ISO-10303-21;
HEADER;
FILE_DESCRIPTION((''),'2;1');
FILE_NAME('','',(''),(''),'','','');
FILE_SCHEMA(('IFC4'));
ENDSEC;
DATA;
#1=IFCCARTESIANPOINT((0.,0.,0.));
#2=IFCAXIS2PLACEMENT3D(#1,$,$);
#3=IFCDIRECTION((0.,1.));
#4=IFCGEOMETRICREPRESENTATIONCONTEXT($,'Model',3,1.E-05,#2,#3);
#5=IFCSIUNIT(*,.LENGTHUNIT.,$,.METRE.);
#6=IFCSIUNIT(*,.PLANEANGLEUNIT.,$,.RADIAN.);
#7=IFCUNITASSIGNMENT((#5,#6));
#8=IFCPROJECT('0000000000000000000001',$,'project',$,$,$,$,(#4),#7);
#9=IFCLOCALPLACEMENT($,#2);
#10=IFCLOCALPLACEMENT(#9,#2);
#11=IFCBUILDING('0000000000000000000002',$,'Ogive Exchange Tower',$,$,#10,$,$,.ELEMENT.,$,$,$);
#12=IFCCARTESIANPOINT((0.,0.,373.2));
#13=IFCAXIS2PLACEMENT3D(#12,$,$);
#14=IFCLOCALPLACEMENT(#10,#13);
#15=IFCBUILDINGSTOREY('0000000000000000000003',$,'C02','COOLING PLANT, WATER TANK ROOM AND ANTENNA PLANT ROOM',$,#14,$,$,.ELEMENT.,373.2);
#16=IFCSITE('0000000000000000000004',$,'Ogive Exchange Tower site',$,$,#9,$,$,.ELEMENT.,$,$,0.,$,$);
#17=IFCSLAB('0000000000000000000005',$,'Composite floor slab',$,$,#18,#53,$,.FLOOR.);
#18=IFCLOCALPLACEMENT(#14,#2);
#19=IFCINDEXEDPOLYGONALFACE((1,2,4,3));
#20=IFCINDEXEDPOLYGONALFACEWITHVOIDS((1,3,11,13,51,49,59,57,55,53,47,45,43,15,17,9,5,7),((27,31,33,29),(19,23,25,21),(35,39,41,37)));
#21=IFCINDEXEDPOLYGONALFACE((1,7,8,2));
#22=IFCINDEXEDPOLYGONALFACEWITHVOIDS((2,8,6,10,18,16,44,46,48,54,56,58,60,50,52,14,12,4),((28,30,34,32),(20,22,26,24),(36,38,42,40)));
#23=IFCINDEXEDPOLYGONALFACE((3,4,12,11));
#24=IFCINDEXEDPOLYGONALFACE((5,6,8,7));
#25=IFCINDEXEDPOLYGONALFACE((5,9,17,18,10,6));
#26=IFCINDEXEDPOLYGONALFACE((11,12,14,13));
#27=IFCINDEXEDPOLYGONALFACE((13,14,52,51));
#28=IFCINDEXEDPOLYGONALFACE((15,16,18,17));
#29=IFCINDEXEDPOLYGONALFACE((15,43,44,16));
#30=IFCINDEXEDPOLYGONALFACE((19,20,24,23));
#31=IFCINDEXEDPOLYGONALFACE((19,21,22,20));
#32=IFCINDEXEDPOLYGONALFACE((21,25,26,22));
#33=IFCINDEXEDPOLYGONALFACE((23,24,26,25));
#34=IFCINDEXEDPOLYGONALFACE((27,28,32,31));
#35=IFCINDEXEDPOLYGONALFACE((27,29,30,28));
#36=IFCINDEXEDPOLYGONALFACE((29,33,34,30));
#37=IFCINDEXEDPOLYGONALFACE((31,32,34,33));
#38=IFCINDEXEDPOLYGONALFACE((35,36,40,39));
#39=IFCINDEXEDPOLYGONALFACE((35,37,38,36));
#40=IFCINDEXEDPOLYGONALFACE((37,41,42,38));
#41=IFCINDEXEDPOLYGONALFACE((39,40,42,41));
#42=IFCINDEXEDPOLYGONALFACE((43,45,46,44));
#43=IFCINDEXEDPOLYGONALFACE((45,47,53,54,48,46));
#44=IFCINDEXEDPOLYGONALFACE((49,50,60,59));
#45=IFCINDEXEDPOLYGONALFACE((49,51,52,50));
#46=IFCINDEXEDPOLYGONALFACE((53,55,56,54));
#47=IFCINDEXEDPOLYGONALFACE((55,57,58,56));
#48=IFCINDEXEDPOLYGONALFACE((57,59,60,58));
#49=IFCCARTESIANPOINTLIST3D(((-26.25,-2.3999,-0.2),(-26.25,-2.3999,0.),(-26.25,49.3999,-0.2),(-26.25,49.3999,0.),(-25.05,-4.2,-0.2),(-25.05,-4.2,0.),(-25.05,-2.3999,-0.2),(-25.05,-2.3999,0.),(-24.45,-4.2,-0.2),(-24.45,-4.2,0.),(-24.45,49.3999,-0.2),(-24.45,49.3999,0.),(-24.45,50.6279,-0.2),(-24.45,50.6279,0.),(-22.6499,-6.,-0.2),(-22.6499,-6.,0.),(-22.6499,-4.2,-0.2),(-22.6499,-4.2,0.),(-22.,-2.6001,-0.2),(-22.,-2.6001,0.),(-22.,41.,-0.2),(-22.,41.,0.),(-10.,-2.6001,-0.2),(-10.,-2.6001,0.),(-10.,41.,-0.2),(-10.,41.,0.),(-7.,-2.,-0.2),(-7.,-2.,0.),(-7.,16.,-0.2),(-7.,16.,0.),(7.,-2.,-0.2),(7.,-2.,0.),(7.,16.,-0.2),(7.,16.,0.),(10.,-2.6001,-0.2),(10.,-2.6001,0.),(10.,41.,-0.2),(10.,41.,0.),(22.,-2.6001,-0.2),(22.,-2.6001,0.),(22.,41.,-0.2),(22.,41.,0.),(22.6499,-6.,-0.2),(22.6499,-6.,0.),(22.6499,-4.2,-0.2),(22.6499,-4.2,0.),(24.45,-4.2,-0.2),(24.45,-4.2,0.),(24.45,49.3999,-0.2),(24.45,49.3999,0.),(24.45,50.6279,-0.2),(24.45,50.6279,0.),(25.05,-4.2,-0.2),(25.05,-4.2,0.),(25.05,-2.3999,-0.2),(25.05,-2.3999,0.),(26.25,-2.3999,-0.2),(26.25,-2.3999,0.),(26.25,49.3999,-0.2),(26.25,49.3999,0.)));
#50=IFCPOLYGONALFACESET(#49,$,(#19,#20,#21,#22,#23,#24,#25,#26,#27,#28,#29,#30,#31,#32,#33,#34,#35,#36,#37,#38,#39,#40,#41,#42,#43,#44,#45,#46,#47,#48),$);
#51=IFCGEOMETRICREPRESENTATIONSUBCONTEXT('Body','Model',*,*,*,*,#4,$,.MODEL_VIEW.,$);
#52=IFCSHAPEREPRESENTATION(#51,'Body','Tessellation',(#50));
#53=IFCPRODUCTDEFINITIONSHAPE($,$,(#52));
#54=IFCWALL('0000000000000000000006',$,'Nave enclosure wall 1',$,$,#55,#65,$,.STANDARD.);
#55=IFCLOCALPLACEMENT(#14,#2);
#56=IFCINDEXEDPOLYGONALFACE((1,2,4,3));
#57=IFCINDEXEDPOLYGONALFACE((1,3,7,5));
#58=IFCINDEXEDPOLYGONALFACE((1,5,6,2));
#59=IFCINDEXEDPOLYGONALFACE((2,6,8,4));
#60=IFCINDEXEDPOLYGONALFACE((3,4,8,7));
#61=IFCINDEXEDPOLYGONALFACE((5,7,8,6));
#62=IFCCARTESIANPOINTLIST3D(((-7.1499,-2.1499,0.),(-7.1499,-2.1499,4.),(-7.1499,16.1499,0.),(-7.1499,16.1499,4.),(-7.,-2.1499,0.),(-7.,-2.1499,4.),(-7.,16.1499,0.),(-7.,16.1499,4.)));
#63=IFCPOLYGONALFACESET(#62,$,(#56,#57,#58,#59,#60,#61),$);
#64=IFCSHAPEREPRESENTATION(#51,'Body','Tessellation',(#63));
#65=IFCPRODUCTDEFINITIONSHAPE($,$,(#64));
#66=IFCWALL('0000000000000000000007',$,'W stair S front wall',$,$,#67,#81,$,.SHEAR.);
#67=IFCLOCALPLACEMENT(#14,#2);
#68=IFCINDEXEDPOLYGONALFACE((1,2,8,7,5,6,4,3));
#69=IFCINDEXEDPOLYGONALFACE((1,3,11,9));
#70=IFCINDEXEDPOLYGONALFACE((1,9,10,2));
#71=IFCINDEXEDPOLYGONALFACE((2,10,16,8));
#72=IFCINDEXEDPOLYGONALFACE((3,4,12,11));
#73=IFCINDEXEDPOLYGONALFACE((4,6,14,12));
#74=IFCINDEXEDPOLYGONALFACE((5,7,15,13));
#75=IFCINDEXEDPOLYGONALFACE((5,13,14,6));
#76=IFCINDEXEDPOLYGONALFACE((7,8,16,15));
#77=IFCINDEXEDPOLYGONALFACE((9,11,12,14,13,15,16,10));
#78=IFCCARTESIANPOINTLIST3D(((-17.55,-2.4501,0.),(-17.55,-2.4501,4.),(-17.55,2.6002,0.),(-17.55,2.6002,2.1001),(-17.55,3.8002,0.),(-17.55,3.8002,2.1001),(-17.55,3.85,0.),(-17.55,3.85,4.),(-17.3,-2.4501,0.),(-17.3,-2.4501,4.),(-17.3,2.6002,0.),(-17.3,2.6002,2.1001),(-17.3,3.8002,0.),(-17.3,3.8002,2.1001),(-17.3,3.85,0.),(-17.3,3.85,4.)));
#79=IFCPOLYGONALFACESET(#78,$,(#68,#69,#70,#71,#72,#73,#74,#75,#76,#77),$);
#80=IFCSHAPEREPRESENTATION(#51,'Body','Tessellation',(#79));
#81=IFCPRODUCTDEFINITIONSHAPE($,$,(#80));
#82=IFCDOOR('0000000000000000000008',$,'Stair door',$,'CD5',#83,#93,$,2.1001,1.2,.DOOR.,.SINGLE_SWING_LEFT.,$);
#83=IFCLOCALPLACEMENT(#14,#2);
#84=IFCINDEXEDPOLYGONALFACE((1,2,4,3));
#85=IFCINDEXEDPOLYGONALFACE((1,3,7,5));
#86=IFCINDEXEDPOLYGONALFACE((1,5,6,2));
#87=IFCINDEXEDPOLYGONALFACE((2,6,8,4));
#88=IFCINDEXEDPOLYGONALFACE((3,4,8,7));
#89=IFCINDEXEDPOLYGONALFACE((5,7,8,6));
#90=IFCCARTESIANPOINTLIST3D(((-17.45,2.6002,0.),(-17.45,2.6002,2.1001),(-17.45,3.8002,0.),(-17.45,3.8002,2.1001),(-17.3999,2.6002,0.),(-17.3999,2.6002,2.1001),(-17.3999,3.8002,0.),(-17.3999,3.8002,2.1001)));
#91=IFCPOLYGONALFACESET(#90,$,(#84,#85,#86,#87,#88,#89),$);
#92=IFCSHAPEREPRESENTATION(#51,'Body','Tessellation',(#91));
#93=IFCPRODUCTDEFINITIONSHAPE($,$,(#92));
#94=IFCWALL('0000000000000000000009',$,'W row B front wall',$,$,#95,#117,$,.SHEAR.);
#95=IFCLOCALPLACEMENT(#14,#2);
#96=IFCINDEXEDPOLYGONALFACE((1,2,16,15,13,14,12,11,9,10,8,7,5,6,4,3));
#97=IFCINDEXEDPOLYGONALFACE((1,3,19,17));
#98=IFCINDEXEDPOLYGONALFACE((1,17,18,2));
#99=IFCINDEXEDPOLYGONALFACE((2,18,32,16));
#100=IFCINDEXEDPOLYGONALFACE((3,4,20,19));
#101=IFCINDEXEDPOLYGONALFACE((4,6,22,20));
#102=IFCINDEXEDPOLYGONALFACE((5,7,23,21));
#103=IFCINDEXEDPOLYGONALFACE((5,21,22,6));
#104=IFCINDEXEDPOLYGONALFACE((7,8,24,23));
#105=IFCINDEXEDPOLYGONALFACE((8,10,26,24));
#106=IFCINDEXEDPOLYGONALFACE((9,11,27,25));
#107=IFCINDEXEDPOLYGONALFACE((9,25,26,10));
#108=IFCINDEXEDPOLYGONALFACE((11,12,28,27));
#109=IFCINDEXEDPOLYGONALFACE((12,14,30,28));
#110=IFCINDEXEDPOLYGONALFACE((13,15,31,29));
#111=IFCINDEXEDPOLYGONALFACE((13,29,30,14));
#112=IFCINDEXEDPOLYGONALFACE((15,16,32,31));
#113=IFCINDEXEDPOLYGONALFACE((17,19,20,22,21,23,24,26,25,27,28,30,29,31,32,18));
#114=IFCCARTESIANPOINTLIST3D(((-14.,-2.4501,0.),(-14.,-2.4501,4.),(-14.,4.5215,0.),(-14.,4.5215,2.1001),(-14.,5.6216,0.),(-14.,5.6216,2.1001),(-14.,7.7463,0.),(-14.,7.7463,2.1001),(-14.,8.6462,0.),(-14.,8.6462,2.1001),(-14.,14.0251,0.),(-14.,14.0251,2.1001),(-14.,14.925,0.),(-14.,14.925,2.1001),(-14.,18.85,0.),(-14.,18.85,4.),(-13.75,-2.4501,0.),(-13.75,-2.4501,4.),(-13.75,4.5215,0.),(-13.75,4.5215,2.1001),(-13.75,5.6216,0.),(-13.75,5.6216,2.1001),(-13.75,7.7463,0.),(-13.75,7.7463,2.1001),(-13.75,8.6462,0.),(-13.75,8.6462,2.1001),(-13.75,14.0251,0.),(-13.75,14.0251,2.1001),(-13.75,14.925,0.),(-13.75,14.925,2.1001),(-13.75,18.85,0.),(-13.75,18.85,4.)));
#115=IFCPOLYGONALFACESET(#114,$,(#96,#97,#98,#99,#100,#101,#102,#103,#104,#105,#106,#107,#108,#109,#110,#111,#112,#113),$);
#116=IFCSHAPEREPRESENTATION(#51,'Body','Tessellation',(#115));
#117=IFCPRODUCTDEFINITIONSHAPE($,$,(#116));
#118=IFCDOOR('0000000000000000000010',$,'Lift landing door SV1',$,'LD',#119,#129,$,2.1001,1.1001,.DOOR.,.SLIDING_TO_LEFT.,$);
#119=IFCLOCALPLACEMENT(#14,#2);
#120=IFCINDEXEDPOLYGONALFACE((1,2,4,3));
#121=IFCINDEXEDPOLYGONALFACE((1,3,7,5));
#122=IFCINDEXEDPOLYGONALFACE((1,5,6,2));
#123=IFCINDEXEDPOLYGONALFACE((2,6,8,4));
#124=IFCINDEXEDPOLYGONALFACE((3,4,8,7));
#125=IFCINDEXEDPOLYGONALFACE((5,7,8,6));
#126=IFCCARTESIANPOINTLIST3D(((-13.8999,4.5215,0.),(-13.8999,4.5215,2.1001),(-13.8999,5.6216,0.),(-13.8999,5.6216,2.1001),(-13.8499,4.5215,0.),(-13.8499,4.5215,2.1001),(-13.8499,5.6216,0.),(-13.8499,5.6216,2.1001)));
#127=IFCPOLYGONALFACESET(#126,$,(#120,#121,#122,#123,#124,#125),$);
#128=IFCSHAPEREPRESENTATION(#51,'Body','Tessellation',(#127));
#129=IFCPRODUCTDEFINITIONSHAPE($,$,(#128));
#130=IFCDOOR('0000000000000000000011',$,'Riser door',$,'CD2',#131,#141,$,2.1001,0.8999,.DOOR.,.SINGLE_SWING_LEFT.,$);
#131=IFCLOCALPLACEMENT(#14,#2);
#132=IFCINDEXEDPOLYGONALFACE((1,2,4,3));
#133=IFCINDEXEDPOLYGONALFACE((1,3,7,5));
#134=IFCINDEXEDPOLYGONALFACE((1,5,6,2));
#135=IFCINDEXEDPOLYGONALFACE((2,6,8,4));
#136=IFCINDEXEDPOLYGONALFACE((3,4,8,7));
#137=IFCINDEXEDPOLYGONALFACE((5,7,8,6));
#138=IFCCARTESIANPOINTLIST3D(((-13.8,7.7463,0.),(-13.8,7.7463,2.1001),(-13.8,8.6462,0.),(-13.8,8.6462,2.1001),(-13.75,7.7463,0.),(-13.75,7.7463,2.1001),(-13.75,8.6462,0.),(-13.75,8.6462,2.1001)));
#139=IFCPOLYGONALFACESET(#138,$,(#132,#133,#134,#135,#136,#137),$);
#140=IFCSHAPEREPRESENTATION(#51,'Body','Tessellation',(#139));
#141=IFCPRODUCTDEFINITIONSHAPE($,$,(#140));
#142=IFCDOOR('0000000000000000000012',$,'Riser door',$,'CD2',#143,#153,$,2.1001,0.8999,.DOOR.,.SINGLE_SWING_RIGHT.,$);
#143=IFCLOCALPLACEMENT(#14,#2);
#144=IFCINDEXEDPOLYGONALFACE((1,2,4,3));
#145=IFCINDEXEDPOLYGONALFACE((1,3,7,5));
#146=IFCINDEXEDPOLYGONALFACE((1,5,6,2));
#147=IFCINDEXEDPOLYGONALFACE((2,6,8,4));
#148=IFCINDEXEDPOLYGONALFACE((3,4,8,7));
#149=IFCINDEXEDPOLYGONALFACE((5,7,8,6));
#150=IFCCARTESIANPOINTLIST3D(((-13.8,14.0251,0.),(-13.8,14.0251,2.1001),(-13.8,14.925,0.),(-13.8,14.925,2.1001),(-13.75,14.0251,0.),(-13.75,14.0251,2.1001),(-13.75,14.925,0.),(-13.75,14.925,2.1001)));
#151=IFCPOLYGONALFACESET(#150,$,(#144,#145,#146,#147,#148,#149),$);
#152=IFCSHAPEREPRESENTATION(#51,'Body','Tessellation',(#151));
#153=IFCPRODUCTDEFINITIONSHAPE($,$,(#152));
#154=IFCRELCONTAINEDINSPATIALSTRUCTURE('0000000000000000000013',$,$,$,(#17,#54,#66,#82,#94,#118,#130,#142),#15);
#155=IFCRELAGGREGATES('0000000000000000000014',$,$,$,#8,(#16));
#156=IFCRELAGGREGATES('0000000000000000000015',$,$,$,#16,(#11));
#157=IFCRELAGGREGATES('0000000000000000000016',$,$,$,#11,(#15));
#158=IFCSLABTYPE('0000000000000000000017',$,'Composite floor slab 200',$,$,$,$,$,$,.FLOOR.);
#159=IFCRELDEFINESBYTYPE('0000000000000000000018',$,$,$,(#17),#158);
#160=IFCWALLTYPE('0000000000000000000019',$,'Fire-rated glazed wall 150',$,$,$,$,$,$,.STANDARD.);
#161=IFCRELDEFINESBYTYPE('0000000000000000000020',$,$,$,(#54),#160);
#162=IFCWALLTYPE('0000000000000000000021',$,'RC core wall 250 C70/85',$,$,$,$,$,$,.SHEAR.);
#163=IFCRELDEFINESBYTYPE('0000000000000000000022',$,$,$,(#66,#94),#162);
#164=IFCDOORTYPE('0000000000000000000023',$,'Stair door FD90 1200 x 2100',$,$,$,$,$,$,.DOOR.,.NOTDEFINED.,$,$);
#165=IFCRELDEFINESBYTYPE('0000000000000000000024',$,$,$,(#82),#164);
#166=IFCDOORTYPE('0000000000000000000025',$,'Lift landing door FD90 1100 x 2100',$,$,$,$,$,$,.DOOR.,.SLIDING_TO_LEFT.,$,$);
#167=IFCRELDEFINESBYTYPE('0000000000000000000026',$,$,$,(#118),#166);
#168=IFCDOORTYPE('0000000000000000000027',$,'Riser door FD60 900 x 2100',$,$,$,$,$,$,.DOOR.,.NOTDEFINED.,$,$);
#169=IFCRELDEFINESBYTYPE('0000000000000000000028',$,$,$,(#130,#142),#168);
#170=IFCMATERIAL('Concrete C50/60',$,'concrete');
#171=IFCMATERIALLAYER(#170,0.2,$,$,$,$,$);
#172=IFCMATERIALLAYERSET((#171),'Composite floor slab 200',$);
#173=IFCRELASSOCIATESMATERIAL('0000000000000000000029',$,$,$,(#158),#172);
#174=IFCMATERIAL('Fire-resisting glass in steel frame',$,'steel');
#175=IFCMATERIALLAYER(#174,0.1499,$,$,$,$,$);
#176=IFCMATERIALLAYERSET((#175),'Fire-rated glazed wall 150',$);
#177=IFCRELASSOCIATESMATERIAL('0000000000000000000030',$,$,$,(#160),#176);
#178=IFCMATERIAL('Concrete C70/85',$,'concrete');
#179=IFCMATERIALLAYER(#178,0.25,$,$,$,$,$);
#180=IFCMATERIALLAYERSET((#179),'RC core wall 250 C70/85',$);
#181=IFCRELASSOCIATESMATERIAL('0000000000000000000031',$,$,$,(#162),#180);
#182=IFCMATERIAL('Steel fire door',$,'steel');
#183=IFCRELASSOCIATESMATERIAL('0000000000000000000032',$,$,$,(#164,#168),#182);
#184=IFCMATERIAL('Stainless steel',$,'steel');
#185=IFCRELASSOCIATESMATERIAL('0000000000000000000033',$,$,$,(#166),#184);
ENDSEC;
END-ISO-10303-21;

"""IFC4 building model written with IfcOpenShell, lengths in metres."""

from ifc_helpers import new_model, si_unit, direction, frame, frame_2d, origin, place, context, subcontext, project, spatial, polyline, rectangle, outline, extrude, material, layer, layer_set, type_object, element, fill, save


model = new_model("IFC4")

# Units and contexts
model_context = context("Model", 3, precision=1e-05, world=origin(), true_north=direction((0.0, 1.0)))
body_context = subcontext(model_context, "Body", "Model", "MODEL_VIEW")
ifc_project = project(units=[si_unit("LENGTHUNIT", "METRE"), si_unit("PLANEANGLEUNIT", "RADIAN")], contexts=[model_context])

# Site, building, storey
site_placement = place(None, origin())
site = spatial("IfcSite", under=ifc_project, at=site_placement, Name="Ogive Exchange Tower site", CompositionType="ELEMENT", RefElevation=0.0)
building_placement = place(site_placement, origin())
building = spatial("IfcBuilding", under=site, at=building_placement, Name="Ogive Exchange Tower", CompositionType="ELEMENT")
storey_placement = place(building_placement, frame((0.0, 0.0, 373.2)))
storey = spatial("IfcBuildingStorey", under=building, at=storey_placement, Name="C02", Description="COOLING PLANT, WATER TANK ROOM AND ANTENNA PLANT ROOM", CompositionType="ELEMENT", Elevation=373.2)

# Slab
ifc_material_1 = material(Name="Concrete C50/60", Category="concrete")
ifc_layer_1 = layer(ifc_material_1, 0.2)
ifc_layer_set_1 = layer_set([ifc_layer_1], Name="Composite floor slab 200")
slab_type = type_object("IfcSlabType", Name="Composite floor slab 200", PredefinedType="FLOOR", material=ifc_layer_set_1)
slab_placement = place(storey_placement, frame((0.0, 0.0, -0.2)))
element("IfcSlab", 1, at=slab_placement, inside=storey, type_object=slab_type, Name="Composite floor slab", PredefinedType="FLOOR", context=body_context, shape_type="SweptSolid", body=[
    extrude(outline(polyline([(-24.45, -2.3999), (-24.45, -2.3999), (-26.25, -2.3999), (-26.25, 49.3999), (-24.45, 49.3999), (-24.45, 50.6279), (24.45, 50.6279), (24.45, 49.3999), (26.25, 49.3999), (26.25, -2.3999), (24.45, -2.3999), (24.45, -2.3999), (25.05, -2.3999), (25.05, -4.2), (24.45, -4.2), (24.45, -4.2), (22.6499, -4.2), (22.6499, -6.0), (-22.6499, -6.0), (-22.6499, -4.2), (-24.45, -4.2), (-24.45, -4.2), (-25.05, -4.2), (-25.05, -2.3999), (-24.45, -2.3999)]), holes=[polyline([(7.0, -2.0), (7.0, 16.0), (-7.0, 16.0), (-7.0, -2.0), (7.0, -2.0)]), polyline([(-22.0, -2.6001), (-10.0, -2.6001), (-10.0, 41.0), (-22.0, 41.0), (-22.0, -2.6001)]), polyline([(10.0, -2.6001), (22.0, -2.6001), (22.0, 41.0), (10.0, 41.0), (10.0, -2.6001)])]), origin(), (0.0, 0.0, 1.0), 0.2),
])

# Wall
ifc_material_2 = material(Name="Fire-resisting glass in steel frame", Category="steel")
ifc_layer_2 = layer(ifc_material_2, 0.1499)
ifc_layer_set_2 = layer_set([ifc_layer_2], Name="Fire-rated glazed wall 150")
wall_type_1 = type_object("IfcWallType", Name="Fire-rated glazed wall 150", PredefinedType="STANDARD", material=ifc_layer_set_2)
wall_1_placement = place(storey_placement, frame((-7.075, -2.1499, 0.0), z_axis=(0.0, 0.0, 1.0), x_axis=(0.0, 1.0, 0.0)))
element("IfcWall", 2, at=wall_1_placement, inside=storey, type_object=wall_type_1, Name="Nave enclosure wall 1", PredefinedType="STANDARD", context=body_context, shape_type="SweptSolid", body=[
    extrude(rectangle(XDim=18.2998, YDim=0.1499, at=frame_2d((9.1499, 0.0))), origin(), (0.0, 0.0, 1.0), 4.0),
])

# Wall, opening, door
ifc_material_3 = material(Name="Concrete C70/85", Category="concrete")
ifc_layer_3 = layer(ifc_material_3, 0.25)
ifc_layer_set_3 = layer_set([ifc_layer_3], Name="RC core wall 250 C70/85")
wall_type_2 = type_object("IfcWallType", Name="RC core wall 250 C70/85", PredefinedType="SHEAR", material=ifc_layer_set_3)
wall_2_placement = place(storey_placement, frame((-17.425, -2.45, 0.0), z_axis=(0.0, 0.0, 1.0), x_axis=(0.0, 1.0, 0.0)))
wall_2 = element("IfcWall", 3, at=wall_2_placement, inside=storey, type_object=wall_type_2, Name="W stair S front wall", PredefinedType="SHEAR", context=body_context, shape_type="SweptSolid", body=[
    extrude(rectangle(XDim=6.3, YDim=0.25, at=frame_2d((3.1499, 0.0))), origin(), (0.0, 0.0, 1.0), 4.0),
])
opening_1_placement = place(wall_2_placement, frame((5.05, 0.0, 0.0)))
opening_1 = element("IfcOpeningElement", 4, at=opening_1_placement, cuts=wall_2, PredefinedType="OPENING", context=body_context, shape_type="SweptSolid", body=[
    extrude(rectangle(XDim=1.2, YDim=2.1001, at=frame_2d((0.6001, 1.05))), frame((0.0, 0.135, 0.0), z_axis=(0.0, -1.0, 0.0), x_axis=(1.0, 0.0, 0.0)), (0.0, 0.0, 1.0), 0.27),
])
ifc_material_4 = material(Name="Steel fire door", Category="steel")
door_type_1 = type_object("IfcDoorType", Name="Stair door FD90 1200 x 2100", OperationType="NOTDEFINED", PredefinedType="DOOR", material=ifc_material_4)
door_1_placement = place(opening_1_placement, origin())
door_1 = element("IfcDoor", 5, at=door_1_placement, inside=storey, type_object=door_type_1, Name="Stair door", ObjectType="CD5", OperationType="SINGLE_SWING_LEFT", OverallHeight=2.1001, OverallWidth=1.2, PredefinedType="DOOR", context=body_context, shape_type="SweptSolid", body=[
    extrude(rectangle(XDim=1.2, YDim=2.1001, at=frame_2d((0.6001, 1.05))), frame((0.0, 0.0249, 0.0), z_axis=(0.0, -1.0, 0.0), x_axis=(1.0, 0.0, 0.0)), (0.0, 0.0, 1.0), 0.05),
])
fill(opening_1, door_1)

# Wall, openings, doors
wall_3_placement = place(storey_placement, frame((-13.875, -2.45, 0.0), z_axis=(0.0, 0.0, 1.0), x_axis=(0.0, 1.0, 0.0)))
wall_3 = element("IfcWall", 6, at=wall_3_placement, inside=storey, type_object=wall_type_2, Name="W row B front wall", PredefinedType="SHEAR", context=body_context, shape_type="SweptSolid", body=[
    extrude(rectangle(XDim=21.3, YDim=0.25, at=frame_2d((10.6499, 0.0))), origin(), (0.0, 0.0, 1.0), 4.0),
])
opening_2_placement = place(wall_3_placement, frame((10.1963, 0.0, 0.0)))
opening_2 = element("IfcOpeningElement", 7, at=opening_2_placement, cuts=wall_3, PredefinedType="OPENING", context=body_context, shape_type="SweptSolid", body=[
    extrude(rectangle(XDim=0.8999, YDim=2.1001, at=frame_2d((0.45, 1.05))), frame((0.0, 0.135, 0.0), z_axis=(0.0, -1.0, 0.0), x_axis=(1.0, 0.0, 0.0)), (0.0, 0.0, 1.0), 0.27),
])
opening_3_placement = place(wall_3_placement, frame((16.4751, 0.0, 0.0)))
opening_3 = element("IfcOpeningElement", 8, at=opening_3_placement, cuts=wall_3, PredefinedType="OPENING", context=body_context, shape_type="SweptSolid", body=[
    extrude(rectangle(XDim=0.8999, YDim=2.1001, at=frame_2d((0.45, 1.05))), frame((0.0, 0.135, 0.0), z_axis=(0.0, -1.0, 0.0), x_axis=(1.0, 0.0, 0.0)), (0.0, 0.0, 1.0), 0.27),
])
opening_4_placement = place(wall_3_placement, frame((6.9714, 0.0, 0.0)))
opening_4 = element("IfcOpeningElement", 9, at=opening_4_placement, cuts=wall_3, PredefinedType="OPENING", context=body_context, shape_type="SweptSolid", body=[
    extrude(rectangle(XDim=1.1001, YDim=2.1001, at=frame_2d((0.55, 1.05))), frame((0.0, 0.135, 0.0), z_axis=(0.0, -1.0, 0.0), x_axis=(1.0, 0.0, 0.0)), (0.0, 0.0, 1.0), 0.27),
])
ifc_material_5 = material(Name="Stainless steel", Category="steel")
door_type_2 = type_object("IfcDoorType", Name="Lift landing door FD90 1100 x 2100", OperationType="SLIDING_TO_LEFT", PredefinedType="DOOR", material=ifc_material_5)
door_2_placement = place(opening_4_placement, origin())
door_2 = element("IfcDoor", 10, at=door_2_placement, inside=storey, type_object=door_type_2, Name="Lift landing door SV1", ObjectType="LD", OperationType="SLIDING_TO_LEFT", OverallHeight=2.1001, OverallWidth=1.1001, PredefinedType="DOOR", context=body_context, shape_type="SweptSolid", body=[
    extrude(rectangle(XDim=1.1001, YDim=2.1001, at=frame_2d((0.55, 1.05))), frame((0.0, 0.0249, 0.0), z_axis=(0.0, -1.0, 0.0), x_axis=(1.0, 0.0, 0.0)), (0.0, 0.0, 1.0), 0.05),
])
fill(opening_4, door_2)
door_type_3 = type_object("IfcDoorType", Name="Riser door FD60 900 x 2100", OperationType="NOTDEFINED", PredefinedType="DOOR", material=ifc_material_4)
door_3_placement = place(opening_2_placement, frame((0.8999, -0.2002, 0.0), z_axis=(0.0, 0.0, 1.0), x_axis=(-1.0, 0.0, 0.0)))
door_3 = element("IfcDoor", 11, at=door_3_placement, inside=storey, type_object=door_type_3, Name="Riser door", ObjectType="CD2", OperationType="SINGLE_SWING_LEFT", OverallHeight=2.1001, OverallWidth=0.8999, PredefinedType="DOOR", context=body_context, shape_type="SweptSolid", body=[
    extrude(rectangle(XDim=0.8999, YDim=2.1001, at=frame_2d((0.45, 1.05))), frame((0.0, -0.0752, 0.0), z_axis=(0.0, -1.0, 0.0), x_axis=(1.0, 0.0, 0.0)), (0.0, 0.0, 1.0), 0.05),
])
fill(opening_2, door_3)
door_4_placement = place(opening_3_placement, frame((0.8999, -0.2002, 0.0), z_axis=(0.0, 0.0, 1.0), x_axis=(-1.0, 0.0, 0.0)))
door_4 = element("IfcDoor", 12, at=door_4_placement, inside=storey, type_object=door_type_3, Name="Riser door", ObjectType="CD2", OperationType="SINGLE_SWING_RIGHT", OverallHeight=2.1001, OverallWidth=0.8999, PredefinedType="DOOR", context=body_context, shape_type="SweptSolid", body=[
    extrude(rectangle(XDim=0.8999, YDim=2.1001, at=frame_2d((0.45, 1.05))), frame((0.0, -0.0752, 0.0), z_axis=(0.0, -1.0, 0.0), x_axis=(1.0, 0.0, 0.0)), (0.0, 0.0, 1.0), 0.05),
])
fill(opening_3, door_4)

save(model, "model.ifc")
